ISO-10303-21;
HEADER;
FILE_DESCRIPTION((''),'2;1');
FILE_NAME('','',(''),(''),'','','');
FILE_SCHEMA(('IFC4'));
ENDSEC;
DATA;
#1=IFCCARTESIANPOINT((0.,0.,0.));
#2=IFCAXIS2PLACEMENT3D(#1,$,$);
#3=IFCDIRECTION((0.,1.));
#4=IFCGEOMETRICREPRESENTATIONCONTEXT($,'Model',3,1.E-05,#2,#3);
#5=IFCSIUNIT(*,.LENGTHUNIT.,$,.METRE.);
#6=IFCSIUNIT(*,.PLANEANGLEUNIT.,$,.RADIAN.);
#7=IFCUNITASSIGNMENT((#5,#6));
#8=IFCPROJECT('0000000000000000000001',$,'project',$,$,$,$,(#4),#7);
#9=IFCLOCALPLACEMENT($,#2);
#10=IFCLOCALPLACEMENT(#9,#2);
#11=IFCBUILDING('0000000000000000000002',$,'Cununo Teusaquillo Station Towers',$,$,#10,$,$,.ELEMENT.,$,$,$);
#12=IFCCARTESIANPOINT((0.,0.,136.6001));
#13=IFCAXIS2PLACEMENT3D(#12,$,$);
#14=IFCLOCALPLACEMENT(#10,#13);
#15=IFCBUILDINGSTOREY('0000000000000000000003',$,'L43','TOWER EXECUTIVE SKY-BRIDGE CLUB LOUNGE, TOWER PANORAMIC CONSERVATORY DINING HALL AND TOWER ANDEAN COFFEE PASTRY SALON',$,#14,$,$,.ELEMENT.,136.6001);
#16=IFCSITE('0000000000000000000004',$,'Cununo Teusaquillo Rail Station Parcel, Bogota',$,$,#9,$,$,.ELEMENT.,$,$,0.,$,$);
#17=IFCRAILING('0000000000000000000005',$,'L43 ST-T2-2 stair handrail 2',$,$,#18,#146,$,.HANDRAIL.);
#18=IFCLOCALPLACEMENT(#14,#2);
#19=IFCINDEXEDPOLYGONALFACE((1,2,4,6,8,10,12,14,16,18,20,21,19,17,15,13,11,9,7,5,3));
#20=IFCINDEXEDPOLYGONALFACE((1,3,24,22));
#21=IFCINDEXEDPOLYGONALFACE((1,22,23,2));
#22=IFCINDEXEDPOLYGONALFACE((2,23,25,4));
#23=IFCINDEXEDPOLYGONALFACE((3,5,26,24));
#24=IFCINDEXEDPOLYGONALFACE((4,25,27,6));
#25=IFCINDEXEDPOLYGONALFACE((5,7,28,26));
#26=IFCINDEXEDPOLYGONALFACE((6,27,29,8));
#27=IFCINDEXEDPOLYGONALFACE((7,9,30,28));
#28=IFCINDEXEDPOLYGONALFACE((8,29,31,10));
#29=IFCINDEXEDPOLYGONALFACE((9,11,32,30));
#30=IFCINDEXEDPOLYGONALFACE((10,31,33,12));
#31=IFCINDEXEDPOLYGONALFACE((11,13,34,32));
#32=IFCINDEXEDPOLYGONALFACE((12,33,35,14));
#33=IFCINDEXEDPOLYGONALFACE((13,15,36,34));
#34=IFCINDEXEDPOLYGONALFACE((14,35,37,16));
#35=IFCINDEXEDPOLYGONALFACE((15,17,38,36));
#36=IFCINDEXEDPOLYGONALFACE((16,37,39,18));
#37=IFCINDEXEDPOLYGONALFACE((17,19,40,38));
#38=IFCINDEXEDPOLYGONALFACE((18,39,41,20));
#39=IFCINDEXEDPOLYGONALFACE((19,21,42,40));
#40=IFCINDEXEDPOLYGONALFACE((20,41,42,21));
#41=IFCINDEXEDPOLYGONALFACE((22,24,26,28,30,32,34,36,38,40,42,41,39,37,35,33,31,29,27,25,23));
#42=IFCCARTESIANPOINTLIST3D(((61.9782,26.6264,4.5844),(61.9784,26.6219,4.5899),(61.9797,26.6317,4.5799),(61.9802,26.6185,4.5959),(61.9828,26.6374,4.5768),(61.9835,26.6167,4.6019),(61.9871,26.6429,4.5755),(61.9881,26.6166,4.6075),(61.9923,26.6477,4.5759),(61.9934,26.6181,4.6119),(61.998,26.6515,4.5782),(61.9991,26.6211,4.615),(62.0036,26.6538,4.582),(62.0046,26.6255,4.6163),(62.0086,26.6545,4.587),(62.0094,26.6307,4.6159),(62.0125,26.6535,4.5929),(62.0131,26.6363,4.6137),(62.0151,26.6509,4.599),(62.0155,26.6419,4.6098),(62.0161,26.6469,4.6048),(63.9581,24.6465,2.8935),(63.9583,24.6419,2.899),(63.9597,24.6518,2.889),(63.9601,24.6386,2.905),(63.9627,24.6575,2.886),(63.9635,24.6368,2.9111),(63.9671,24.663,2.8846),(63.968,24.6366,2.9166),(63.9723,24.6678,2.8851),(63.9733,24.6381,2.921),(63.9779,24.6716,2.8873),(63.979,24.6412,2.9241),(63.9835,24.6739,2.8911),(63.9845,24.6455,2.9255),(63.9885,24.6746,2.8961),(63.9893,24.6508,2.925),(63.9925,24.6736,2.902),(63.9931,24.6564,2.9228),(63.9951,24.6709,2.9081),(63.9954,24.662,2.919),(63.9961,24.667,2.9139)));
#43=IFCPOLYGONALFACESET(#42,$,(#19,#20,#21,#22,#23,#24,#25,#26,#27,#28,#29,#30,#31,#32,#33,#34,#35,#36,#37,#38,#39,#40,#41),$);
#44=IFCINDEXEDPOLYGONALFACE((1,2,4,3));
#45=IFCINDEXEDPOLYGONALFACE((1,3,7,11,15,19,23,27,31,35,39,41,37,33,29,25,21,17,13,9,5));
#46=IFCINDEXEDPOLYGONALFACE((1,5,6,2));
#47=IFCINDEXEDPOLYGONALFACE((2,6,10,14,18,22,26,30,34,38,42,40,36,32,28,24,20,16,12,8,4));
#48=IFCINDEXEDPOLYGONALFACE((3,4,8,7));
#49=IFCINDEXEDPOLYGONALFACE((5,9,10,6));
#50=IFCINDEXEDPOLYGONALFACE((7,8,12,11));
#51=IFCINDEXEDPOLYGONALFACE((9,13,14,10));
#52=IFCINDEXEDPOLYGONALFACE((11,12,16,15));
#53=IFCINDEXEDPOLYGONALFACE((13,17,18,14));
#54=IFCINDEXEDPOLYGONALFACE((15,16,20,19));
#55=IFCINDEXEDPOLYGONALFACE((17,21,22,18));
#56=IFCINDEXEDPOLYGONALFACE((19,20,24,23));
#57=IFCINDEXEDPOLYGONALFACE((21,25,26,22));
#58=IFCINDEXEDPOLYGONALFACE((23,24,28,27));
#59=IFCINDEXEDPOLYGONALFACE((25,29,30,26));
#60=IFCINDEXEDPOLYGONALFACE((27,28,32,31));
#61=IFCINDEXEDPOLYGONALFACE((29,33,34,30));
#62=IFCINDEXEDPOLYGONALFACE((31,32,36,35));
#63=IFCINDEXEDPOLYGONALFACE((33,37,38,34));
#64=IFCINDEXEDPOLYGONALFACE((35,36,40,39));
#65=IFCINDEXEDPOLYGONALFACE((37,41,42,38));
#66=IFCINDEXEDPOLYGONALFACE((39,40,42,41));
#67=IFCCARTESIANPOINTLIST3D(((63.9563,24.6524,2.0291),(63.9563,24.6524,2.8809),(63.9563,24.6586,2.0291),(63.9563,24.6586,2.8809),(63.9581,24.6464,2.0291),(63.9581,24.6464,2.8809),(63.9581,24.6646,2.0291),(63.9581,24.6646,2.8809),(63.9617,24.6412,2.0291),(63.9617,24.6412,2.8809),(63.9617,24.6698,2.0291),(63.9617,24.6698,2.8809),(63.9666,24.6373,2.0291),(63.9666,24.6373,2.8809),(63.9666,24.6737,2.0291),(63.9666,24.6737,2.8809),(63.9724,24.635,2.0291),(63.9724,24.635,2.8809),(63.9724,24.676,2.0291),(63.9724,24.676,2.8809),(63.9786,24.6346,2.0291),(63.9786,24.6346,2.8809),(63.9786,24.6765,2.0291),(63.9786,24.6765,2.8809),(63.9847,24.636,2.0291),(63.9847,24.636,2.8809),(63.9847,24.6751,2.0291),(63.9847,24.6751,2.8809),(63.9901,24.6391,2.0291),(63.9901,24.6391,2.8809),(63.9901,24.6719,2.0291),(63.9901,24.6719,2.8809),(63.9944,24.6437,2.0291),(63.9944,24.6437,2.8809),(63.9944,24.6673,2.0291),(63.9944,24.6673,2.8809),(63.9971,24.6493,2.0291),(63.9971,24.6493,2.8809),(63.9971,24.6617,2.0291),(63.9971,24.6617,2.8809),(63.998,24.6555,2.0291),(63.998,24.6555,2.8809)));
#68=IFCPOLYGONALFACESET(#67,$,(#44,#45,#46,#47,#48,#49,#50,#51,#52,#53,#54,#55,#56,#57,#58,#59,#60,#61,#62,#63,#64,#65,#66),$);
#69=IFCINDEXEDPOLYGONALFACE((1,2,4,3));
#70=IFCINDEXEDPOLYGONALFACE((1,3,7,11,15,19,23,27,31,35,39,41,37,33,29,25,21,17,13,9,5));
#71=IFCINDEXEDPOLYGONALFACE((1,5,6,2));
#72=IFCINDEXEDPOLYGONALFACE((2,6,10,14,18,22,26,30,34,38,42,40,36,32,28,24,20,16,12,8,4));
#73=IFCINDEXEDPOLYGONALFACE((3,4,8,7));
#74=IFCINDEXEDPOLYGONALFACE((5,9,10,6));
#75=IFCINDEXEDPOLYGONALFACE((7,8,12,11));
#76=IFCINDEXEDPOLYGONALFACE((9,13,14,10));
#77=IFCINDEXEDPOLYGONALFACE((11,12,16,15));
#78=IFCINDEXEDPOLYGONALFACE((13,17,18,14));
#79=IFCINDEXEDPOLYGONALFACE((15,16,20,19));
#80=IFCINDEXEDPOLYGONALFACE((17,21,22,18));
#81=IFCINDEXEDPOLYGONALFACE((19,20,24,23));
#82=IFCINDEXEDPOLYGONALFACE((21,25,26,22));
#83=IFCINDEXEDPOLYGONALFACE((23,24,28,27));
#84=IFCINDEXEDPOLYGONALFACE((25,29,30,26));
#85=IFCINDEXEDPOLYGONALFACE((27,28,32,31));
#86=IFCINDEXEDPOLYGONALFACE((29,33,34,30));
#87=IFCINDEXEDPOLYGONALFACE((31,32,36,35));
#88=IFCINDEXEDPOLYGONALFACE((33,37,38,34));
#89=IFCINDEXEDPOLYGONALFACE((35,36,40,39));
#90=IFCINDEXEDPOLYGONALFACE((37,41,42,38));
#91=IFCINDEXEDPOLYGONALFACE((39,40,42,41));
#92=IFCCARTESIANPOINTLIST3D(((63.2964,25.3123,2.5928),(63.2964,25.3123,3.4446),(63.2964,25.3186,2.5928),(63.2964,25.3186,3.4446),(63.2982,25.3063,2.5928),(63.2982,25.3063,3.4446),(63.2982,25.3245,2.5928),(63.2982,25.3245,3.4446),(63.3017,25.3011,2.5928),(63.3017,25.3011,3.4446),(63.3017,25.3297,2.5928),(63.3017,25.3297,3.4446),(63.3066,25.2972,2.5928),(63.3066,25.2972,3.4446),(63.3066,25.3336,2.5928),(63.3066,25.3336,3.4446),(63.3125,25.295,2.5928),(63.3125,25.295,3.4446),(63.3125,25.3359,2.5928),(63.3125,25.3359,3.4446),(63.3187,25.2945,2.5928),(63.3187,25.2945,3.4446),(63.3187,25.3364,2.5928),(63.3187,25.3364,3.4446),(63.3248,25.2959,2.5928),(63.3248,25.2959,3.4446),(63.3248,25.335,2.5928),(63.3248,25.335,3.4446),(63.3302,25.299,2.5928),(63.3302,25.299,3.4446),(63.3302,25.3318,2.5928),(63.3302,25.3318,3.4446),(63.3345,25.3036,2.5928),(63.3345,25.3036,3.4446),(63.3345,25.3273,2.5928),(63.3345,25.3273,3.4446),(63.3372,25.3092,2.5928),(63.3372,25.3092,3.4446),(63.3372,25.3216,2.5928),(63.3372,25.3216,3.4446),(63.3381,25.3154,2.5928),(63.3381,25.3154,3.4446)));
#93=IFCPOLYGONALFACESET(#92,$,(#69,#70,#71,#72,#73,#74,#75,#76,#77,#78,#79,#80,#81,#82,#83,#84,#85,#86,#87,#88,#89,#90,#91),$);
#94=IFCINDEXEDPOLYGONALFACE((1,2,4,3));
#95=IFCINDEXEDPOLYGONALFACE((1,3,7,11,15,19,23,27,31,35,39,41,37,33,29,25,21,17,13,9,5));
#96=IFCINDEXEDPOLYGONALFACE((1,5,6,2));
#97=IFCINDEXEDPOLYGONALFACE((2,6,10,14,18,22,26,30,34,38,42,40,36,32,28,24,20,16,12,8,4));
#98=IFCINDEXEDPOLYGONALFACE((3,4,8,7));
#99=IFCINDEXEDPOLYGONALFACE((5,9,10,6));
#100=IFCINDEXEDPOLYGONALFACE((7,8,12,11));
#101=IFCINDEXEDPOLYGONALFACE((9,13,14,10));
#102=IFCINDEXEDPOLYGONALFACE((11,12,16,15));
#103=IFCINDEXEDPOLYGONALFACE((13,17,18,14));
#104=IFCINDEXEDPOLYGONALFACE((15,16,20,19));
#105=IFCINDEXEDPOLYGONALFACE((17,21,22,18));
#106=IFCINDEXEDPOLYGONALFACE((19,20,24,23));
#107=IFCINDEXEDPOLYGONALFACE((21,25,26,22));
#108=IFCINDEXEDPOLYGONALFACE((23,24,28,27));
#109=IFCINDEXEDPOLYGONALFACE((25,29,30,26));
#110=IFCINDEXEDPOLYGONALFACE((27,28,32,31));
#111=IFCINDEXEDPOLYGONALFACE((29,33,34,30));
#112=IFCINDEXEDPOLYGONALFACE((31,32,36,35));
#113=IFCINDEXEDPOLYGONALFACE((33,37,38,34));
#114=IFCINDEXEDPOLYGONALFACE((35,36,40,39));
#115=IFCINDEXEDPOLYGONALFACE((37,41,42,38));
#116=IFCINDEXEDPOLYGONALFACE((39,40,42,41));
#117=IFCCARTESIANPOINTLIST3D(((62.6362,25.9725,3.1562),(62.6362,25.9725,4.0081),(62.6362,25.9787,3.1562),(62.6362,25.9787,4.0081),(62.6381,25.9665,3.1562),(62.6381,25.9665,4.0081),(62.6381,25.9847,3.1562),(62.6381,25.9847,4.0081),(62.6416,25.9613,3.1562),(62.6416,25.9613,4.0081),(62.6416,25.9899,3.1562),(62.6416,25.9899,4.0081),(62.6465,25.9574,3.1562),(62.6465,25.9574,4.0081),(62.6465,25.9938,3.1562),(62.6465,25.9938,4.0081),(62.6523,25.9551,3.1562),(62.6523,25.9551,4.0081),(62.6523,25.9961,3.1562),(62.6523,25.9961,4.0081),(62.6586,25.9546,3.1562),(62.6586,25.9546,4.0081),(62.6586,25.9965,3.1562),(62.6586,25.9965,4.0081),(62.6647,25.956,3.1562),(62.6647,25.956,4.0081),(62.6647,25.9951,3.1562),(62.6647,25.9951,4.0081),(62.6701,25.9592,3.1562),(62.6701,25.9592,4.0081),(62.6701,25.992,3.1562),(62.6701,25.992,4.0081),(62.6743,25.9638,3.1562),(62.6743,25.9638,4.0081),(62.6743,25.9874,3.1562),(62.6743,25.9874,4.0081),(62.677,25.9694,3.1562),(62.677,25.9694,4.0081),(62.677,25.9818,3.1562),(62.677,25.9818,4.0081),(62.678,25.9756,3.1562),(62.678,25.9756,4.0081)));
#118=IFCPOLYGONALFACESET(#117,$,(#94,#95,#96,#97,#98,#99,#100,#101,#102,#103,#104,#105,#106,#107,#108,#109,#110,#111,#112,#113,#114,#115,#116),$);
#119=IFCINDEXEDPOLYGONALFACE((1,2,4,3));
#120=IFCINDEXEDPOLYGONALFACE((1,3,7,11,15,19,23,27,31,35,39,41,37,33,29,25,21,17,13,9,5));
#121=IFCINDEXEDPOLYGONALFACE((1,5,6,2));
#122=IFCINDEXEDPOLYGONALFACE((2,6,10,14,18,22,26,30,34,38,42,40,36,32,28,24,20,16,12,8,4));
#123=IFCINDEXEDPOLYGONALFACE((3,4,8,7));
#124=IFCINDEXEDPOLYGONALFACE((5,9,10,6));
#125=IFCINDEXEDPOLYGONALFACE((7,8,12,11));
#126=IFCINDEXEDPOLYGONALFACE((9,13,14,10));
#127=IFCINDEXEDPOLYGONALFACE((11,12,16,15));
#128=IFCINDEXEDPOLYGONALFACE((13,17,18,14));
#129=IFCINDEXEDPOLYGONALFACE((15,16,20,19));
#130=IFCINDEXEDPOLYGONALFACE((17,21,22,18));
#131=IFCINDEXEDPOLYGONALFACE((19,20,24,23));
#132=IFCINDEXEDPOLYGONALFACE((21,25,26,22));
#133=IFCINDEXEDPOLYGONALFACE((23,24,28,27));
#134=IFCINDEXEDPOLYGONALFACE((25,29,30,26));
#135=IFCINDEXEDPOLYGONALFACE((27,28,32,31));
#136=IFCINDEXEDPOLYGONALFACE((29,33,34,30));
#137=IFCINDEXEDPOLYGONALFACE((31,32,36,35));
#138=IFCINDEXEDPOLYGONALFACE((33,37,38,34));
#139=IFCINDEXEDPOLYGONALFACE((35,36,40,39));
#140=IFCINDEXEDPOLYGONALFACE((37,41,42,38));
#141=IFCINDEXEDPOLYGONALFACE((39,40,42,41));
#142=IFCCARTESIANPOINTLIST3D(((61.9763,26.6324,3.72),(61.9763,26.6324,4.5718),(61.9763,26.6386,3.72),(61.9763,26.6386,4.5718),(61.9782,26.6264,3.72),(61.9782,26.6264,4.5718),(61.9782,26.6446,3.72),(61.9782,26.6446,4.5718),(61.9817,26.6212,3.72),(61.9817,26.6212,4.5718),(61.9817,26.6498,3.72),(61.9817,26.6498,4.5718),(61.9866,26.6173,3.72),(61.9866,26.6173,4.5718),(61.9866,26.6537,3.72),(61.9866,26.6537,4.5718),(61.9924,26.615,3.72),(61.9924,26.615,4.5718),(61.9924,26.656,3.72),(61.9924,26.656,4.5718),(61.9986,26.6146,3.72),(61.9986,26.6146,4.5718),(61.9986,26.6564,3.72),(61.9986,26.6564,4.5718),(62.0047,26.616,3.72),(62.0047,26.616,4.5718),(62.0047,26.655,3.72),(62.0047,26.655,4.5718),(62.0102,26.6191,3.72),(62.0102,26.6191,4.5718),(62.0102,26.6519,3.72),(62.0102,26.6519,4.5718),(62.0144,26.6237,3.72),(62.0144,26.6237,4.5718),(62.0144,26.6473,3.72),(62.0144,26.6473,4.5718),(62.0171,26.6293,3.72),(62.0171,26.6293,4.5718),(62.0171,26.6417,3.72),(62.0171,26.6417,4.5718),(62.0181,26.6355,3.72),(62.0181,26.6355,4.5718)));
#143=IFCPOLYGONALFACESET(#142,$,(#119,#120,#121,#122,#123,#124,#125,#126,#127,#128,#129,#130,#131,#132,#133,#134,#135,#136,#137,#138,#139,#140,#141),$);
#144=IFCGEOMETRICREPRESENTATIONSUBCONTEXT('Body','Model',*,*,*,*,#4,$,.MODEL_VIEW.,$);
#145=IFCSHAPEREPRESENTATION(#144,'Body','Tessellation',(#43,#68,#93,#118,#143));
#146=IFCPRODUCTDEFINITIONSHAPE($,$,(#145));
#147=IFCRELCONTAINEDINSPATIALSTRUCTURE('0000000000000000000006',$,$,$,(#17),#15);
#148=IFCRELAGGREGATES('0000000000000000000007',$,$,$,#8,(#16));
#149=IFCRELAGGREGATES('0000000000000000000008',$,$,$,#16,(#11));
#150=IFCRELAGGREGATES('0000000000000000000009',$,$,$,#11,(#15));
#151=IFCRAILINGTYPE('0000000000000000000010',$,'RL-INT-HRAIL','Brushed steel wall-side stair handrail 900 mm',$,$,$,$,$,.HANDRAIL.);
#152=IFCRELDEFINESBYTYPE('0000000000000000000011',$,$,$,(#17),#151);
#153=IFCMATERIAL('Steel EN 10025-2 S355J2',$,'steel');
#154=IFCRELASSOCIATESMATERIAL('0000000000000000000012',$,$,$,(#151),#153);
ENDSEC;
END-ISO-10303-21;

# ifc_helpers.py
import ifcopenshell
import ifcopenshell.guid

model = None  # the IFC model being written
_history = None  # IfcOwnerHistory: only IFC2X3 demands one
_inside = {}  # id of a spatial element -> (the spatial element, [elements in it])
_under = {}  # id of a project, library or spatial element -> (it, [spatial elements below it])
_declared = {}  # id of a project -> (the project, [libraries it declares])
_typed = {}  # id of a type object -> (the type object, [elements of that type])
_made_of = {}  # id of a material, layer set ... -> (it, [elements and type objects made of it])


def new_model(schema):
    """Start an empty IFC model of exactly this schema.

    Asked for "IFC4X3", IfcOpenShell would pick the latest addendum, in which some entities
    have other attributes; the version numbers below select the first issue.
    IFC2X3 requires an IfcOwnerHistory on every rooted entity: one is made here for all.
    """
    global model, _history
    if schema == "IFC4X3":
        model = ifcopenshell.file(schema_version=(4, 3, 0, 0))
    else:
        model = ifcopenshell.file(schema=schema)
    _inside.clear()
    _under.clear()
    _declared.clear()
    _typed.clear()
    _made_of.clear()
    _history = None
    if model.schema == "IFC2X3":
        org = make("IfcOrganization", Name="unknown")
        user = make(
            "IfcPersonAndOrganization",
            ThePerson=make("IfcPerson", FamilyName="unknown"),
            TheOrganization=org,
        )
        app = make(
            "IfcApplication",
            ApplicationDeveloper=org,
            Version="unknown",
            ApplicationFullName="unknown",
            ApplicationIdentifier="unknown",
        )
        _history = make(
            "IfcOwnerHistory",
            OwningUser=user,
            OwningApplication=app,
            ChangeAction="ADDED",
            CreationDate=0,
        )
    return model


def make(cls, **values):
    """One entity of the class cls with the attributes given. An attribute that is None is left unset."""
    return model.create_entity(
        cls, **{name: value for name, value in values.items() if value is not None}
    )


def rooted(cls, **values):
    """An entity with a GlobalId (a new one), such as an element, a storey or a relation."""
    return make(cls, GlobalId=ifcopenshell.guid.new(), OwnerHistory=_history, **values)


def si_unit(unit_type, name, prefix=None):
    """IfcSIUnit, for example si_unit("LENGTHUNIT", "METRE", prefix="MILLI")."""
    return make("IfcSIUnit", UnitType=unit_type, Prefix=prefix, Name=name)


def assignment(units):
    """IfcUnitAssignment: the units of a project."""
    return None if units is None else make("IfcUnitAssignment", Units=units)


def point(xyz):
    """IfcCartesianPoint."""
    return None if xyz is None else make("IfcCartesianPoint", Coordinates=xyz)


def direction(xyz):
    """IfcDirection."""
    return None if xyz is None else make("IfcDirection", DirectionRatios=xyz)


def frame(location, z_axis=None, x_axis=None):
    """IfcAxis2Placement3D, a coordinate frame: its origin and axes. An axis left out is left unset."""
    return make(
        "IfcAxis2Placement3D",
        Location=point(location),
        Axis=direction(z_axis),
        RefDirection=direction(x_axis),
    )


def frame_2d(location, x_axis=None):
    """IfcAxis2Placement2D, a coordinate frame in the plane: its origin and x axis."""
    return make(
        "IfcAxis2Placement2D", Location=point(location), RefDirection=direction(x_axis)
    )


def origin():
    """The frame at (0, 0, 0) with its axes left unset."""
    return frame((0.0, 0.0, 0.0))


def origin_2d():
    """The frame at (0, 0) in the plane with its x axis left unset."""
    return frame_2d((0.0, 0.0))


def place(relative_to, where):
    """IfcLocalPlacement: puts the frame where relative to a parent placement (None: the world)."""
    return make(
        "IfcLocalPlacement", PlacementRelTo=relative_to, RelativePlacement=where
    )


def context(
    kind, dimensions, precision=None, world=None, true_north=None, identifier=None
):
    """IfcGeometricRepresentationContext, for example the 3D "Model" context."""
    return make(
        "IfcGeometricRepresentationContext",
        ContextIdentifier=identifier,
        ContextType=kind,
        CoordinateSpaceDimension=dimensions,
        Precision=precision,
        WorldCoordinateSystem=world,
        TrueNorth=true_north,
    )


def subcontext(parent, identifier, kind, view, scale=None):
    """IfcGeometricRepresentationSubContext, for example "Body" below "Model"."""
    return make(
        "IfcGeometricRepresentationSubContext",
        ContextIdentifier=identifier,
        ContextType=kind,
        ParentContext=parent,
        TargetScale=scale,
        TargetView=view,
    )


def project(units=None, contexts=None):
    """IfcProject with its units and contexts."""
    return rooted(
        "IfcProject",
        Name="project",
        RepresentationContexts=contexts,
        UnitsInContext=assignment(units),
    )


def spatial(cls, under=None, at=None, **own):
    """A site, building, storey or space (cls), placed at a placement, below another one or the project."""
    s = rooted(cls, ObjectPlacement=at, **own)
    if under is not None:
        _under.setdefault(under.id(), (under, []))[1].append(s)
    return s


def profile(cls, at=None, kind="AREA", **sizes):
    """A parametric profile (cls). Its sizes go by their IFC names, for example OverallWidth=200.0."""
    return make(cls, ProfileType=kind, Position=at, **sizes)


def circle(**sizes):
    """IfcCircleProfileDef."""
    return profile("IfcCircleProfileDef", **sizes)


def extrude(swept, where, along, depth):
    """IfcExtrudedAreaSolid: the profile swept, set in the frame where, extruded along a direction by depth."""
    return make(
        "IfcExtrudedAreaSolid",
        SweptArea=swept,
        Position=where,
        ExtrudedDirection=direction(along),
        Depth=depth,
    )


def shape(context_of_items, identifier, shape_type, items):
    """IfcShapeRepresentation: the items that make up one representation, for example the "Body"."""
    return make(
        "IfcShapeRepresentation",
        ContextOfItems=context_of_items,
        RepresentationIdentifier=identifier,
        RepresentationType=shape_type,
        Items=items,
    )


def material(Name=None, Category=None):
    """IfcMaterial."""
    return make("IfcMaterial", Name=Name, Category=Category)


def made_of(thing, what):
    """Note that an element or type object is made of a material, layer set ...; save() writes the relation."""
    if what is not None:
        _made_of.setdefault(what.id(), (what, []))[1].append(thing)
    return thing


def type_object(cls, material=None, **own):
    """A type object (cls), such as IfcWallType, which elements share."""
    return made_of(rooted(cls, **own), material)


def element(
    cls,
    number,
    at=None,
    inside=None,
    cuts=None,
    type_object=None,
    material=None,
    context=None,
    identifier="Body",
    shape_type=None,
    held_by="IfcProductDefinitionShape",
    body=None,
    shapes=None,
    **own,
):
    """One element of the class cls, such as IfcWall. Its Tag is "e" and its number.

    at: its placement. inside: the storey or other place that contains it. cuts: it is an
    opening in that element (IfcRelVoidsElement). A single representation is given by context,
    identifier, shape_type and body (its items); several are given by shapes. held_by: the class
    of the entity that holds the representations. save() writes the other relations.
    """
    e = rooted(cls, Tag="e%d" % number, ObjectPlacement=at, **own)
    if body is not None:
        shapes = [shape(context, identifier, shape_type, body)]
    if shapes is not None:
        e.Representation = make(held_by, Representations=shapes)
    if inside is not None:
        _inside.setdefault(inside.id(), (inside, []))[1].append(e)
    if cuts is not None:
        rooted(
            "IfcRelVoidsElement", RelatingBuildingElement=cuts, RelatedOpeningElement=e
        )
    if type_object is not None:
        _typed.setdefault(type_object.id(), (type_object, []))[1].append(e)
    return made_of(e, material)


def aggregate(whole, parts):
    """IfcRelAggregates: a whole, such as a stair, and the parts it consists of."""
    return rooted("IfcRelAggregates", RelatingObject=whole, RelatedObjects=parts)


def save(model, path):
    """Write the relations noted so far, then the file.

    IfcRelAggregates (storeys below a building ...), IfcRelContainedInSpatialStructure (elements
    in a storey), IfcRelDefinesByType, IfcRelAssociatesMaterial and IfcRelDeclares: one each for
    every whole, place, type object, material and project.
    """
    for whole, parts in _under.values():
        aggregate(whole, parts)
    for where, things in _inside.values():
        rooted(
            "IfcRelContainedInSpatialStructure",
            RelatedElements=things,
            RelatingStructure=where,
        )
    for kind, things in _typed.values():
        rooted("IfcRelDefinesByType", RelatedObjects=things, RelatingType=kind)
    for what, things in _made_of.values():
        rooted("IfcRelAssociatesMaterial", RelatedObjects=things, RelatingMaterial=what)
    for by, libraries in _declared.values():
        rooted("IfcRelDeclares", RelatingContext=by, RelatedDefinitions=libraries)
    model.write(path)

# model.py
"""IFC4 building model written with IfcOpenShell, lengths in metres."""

from ifc_helpers import new_model, si_unit, direction, frame, origin, origin_2d, place, context, subcontext, project, spatial, circle, extrude, material, type_object, element, save


model = new_model("IFC4")

# Units and contexts
model_context = context("Model", 3, precision=1e-05, world=origin(), true_north=direction((0.0, 1.0)))
body_context = subcontext(model_context, "Body", "Model", "MODEL_VIEW")
ifc_project = project(units=[si_unit("LENGTHUNIT", "METRE"), si_unit("PLANEANGLEUNIT", "RADIAN")], contexts=[model_context])

# Site, building, storey
site_placement = place(None, origin())
site = spatial("IfcSite", under=ifc_project, at=site_placement, Name="Cununo Teusaquillo Rail Station Parcel, Bogota", CompositionType="ELEMENT", RefElevation=0.0)
building_placement = place(site_placement, origin())
building = spatial("IfcBuilding", under=site, at=building_placement, Name="Cununo Teusaquillo Station Towers", CompositionType="ELEMENT")
storey_placement = place(building_placement, frame((0.0, 0.0, 136.6001)))
storey = spatial("IfcBuildingStorey", under=building, at=storey_placement, Name="L43", Description="TOWER EXECUTIVE SKY-BRIDGE CLUB LOUNGE, TOWER PANORAMIC CONSERVATORY DINING HALL AND TOWER ANDEAN COFFEE PASTRY SALON", CompositionType="ELEMENT", Elevation=136.6001)

# Railing
ifc_material_1 = material(Name="Steel EN 10025-2 S355J2", Category="steel")
railing_type_1 = type_object("IfcRailingType", Name="RL-INT-HRAIL", Description="Brushed steel wall-side stair handrail 900 mm", PredefinedType="HANDRAIL", material=ifc_material_1)
railing_1_placement = place(storey_placement, frame((63.9771, 24.6555, 2.0291)))
element("IfcRailing", 1, at=railing_1_placement, inside=storey, type_object=railing_type_1, Name="L43 ST-T2-2 stair handrail 2", PredefinedType="HANDRAIL", context=body_context, shape_type="SweptSolid", body=[
    extrude(circle(Radius=0.0239, at=origin_2d()), frame((0.0, 0.0, 0.876), z_axis=(-0.605302, 0.605302, 0.516932), x_axis=(-0.707107, -0.707107, 0.0)), (0.0, 0.0, 1.0), 3.271),
    extrude(circle(Radius=0.021, at=origin_2d()), origin(), (0.0, 0.0, 1.0), 0.8518),
    extrude(circle(Radius=0.021, at=origin_2d()), frame((-0.6599, 0.6599, 0.5637)), (0.0, 0.0, 1.0), 0.8518),
    extrude(circle(Radius=0.021, at=origin_2d()), frame((-1.3201, 1.3201, 1.1272)), (0.0, 0.0, 1.0), 0.8518),
    extrude(circle(Radius=0.021, at=origin_2d()), frame((-1.98, 1.98, 1.6909)), (0.0, 0.0, 1.0), 0.8518),
])

save(model, "model.ifc")
